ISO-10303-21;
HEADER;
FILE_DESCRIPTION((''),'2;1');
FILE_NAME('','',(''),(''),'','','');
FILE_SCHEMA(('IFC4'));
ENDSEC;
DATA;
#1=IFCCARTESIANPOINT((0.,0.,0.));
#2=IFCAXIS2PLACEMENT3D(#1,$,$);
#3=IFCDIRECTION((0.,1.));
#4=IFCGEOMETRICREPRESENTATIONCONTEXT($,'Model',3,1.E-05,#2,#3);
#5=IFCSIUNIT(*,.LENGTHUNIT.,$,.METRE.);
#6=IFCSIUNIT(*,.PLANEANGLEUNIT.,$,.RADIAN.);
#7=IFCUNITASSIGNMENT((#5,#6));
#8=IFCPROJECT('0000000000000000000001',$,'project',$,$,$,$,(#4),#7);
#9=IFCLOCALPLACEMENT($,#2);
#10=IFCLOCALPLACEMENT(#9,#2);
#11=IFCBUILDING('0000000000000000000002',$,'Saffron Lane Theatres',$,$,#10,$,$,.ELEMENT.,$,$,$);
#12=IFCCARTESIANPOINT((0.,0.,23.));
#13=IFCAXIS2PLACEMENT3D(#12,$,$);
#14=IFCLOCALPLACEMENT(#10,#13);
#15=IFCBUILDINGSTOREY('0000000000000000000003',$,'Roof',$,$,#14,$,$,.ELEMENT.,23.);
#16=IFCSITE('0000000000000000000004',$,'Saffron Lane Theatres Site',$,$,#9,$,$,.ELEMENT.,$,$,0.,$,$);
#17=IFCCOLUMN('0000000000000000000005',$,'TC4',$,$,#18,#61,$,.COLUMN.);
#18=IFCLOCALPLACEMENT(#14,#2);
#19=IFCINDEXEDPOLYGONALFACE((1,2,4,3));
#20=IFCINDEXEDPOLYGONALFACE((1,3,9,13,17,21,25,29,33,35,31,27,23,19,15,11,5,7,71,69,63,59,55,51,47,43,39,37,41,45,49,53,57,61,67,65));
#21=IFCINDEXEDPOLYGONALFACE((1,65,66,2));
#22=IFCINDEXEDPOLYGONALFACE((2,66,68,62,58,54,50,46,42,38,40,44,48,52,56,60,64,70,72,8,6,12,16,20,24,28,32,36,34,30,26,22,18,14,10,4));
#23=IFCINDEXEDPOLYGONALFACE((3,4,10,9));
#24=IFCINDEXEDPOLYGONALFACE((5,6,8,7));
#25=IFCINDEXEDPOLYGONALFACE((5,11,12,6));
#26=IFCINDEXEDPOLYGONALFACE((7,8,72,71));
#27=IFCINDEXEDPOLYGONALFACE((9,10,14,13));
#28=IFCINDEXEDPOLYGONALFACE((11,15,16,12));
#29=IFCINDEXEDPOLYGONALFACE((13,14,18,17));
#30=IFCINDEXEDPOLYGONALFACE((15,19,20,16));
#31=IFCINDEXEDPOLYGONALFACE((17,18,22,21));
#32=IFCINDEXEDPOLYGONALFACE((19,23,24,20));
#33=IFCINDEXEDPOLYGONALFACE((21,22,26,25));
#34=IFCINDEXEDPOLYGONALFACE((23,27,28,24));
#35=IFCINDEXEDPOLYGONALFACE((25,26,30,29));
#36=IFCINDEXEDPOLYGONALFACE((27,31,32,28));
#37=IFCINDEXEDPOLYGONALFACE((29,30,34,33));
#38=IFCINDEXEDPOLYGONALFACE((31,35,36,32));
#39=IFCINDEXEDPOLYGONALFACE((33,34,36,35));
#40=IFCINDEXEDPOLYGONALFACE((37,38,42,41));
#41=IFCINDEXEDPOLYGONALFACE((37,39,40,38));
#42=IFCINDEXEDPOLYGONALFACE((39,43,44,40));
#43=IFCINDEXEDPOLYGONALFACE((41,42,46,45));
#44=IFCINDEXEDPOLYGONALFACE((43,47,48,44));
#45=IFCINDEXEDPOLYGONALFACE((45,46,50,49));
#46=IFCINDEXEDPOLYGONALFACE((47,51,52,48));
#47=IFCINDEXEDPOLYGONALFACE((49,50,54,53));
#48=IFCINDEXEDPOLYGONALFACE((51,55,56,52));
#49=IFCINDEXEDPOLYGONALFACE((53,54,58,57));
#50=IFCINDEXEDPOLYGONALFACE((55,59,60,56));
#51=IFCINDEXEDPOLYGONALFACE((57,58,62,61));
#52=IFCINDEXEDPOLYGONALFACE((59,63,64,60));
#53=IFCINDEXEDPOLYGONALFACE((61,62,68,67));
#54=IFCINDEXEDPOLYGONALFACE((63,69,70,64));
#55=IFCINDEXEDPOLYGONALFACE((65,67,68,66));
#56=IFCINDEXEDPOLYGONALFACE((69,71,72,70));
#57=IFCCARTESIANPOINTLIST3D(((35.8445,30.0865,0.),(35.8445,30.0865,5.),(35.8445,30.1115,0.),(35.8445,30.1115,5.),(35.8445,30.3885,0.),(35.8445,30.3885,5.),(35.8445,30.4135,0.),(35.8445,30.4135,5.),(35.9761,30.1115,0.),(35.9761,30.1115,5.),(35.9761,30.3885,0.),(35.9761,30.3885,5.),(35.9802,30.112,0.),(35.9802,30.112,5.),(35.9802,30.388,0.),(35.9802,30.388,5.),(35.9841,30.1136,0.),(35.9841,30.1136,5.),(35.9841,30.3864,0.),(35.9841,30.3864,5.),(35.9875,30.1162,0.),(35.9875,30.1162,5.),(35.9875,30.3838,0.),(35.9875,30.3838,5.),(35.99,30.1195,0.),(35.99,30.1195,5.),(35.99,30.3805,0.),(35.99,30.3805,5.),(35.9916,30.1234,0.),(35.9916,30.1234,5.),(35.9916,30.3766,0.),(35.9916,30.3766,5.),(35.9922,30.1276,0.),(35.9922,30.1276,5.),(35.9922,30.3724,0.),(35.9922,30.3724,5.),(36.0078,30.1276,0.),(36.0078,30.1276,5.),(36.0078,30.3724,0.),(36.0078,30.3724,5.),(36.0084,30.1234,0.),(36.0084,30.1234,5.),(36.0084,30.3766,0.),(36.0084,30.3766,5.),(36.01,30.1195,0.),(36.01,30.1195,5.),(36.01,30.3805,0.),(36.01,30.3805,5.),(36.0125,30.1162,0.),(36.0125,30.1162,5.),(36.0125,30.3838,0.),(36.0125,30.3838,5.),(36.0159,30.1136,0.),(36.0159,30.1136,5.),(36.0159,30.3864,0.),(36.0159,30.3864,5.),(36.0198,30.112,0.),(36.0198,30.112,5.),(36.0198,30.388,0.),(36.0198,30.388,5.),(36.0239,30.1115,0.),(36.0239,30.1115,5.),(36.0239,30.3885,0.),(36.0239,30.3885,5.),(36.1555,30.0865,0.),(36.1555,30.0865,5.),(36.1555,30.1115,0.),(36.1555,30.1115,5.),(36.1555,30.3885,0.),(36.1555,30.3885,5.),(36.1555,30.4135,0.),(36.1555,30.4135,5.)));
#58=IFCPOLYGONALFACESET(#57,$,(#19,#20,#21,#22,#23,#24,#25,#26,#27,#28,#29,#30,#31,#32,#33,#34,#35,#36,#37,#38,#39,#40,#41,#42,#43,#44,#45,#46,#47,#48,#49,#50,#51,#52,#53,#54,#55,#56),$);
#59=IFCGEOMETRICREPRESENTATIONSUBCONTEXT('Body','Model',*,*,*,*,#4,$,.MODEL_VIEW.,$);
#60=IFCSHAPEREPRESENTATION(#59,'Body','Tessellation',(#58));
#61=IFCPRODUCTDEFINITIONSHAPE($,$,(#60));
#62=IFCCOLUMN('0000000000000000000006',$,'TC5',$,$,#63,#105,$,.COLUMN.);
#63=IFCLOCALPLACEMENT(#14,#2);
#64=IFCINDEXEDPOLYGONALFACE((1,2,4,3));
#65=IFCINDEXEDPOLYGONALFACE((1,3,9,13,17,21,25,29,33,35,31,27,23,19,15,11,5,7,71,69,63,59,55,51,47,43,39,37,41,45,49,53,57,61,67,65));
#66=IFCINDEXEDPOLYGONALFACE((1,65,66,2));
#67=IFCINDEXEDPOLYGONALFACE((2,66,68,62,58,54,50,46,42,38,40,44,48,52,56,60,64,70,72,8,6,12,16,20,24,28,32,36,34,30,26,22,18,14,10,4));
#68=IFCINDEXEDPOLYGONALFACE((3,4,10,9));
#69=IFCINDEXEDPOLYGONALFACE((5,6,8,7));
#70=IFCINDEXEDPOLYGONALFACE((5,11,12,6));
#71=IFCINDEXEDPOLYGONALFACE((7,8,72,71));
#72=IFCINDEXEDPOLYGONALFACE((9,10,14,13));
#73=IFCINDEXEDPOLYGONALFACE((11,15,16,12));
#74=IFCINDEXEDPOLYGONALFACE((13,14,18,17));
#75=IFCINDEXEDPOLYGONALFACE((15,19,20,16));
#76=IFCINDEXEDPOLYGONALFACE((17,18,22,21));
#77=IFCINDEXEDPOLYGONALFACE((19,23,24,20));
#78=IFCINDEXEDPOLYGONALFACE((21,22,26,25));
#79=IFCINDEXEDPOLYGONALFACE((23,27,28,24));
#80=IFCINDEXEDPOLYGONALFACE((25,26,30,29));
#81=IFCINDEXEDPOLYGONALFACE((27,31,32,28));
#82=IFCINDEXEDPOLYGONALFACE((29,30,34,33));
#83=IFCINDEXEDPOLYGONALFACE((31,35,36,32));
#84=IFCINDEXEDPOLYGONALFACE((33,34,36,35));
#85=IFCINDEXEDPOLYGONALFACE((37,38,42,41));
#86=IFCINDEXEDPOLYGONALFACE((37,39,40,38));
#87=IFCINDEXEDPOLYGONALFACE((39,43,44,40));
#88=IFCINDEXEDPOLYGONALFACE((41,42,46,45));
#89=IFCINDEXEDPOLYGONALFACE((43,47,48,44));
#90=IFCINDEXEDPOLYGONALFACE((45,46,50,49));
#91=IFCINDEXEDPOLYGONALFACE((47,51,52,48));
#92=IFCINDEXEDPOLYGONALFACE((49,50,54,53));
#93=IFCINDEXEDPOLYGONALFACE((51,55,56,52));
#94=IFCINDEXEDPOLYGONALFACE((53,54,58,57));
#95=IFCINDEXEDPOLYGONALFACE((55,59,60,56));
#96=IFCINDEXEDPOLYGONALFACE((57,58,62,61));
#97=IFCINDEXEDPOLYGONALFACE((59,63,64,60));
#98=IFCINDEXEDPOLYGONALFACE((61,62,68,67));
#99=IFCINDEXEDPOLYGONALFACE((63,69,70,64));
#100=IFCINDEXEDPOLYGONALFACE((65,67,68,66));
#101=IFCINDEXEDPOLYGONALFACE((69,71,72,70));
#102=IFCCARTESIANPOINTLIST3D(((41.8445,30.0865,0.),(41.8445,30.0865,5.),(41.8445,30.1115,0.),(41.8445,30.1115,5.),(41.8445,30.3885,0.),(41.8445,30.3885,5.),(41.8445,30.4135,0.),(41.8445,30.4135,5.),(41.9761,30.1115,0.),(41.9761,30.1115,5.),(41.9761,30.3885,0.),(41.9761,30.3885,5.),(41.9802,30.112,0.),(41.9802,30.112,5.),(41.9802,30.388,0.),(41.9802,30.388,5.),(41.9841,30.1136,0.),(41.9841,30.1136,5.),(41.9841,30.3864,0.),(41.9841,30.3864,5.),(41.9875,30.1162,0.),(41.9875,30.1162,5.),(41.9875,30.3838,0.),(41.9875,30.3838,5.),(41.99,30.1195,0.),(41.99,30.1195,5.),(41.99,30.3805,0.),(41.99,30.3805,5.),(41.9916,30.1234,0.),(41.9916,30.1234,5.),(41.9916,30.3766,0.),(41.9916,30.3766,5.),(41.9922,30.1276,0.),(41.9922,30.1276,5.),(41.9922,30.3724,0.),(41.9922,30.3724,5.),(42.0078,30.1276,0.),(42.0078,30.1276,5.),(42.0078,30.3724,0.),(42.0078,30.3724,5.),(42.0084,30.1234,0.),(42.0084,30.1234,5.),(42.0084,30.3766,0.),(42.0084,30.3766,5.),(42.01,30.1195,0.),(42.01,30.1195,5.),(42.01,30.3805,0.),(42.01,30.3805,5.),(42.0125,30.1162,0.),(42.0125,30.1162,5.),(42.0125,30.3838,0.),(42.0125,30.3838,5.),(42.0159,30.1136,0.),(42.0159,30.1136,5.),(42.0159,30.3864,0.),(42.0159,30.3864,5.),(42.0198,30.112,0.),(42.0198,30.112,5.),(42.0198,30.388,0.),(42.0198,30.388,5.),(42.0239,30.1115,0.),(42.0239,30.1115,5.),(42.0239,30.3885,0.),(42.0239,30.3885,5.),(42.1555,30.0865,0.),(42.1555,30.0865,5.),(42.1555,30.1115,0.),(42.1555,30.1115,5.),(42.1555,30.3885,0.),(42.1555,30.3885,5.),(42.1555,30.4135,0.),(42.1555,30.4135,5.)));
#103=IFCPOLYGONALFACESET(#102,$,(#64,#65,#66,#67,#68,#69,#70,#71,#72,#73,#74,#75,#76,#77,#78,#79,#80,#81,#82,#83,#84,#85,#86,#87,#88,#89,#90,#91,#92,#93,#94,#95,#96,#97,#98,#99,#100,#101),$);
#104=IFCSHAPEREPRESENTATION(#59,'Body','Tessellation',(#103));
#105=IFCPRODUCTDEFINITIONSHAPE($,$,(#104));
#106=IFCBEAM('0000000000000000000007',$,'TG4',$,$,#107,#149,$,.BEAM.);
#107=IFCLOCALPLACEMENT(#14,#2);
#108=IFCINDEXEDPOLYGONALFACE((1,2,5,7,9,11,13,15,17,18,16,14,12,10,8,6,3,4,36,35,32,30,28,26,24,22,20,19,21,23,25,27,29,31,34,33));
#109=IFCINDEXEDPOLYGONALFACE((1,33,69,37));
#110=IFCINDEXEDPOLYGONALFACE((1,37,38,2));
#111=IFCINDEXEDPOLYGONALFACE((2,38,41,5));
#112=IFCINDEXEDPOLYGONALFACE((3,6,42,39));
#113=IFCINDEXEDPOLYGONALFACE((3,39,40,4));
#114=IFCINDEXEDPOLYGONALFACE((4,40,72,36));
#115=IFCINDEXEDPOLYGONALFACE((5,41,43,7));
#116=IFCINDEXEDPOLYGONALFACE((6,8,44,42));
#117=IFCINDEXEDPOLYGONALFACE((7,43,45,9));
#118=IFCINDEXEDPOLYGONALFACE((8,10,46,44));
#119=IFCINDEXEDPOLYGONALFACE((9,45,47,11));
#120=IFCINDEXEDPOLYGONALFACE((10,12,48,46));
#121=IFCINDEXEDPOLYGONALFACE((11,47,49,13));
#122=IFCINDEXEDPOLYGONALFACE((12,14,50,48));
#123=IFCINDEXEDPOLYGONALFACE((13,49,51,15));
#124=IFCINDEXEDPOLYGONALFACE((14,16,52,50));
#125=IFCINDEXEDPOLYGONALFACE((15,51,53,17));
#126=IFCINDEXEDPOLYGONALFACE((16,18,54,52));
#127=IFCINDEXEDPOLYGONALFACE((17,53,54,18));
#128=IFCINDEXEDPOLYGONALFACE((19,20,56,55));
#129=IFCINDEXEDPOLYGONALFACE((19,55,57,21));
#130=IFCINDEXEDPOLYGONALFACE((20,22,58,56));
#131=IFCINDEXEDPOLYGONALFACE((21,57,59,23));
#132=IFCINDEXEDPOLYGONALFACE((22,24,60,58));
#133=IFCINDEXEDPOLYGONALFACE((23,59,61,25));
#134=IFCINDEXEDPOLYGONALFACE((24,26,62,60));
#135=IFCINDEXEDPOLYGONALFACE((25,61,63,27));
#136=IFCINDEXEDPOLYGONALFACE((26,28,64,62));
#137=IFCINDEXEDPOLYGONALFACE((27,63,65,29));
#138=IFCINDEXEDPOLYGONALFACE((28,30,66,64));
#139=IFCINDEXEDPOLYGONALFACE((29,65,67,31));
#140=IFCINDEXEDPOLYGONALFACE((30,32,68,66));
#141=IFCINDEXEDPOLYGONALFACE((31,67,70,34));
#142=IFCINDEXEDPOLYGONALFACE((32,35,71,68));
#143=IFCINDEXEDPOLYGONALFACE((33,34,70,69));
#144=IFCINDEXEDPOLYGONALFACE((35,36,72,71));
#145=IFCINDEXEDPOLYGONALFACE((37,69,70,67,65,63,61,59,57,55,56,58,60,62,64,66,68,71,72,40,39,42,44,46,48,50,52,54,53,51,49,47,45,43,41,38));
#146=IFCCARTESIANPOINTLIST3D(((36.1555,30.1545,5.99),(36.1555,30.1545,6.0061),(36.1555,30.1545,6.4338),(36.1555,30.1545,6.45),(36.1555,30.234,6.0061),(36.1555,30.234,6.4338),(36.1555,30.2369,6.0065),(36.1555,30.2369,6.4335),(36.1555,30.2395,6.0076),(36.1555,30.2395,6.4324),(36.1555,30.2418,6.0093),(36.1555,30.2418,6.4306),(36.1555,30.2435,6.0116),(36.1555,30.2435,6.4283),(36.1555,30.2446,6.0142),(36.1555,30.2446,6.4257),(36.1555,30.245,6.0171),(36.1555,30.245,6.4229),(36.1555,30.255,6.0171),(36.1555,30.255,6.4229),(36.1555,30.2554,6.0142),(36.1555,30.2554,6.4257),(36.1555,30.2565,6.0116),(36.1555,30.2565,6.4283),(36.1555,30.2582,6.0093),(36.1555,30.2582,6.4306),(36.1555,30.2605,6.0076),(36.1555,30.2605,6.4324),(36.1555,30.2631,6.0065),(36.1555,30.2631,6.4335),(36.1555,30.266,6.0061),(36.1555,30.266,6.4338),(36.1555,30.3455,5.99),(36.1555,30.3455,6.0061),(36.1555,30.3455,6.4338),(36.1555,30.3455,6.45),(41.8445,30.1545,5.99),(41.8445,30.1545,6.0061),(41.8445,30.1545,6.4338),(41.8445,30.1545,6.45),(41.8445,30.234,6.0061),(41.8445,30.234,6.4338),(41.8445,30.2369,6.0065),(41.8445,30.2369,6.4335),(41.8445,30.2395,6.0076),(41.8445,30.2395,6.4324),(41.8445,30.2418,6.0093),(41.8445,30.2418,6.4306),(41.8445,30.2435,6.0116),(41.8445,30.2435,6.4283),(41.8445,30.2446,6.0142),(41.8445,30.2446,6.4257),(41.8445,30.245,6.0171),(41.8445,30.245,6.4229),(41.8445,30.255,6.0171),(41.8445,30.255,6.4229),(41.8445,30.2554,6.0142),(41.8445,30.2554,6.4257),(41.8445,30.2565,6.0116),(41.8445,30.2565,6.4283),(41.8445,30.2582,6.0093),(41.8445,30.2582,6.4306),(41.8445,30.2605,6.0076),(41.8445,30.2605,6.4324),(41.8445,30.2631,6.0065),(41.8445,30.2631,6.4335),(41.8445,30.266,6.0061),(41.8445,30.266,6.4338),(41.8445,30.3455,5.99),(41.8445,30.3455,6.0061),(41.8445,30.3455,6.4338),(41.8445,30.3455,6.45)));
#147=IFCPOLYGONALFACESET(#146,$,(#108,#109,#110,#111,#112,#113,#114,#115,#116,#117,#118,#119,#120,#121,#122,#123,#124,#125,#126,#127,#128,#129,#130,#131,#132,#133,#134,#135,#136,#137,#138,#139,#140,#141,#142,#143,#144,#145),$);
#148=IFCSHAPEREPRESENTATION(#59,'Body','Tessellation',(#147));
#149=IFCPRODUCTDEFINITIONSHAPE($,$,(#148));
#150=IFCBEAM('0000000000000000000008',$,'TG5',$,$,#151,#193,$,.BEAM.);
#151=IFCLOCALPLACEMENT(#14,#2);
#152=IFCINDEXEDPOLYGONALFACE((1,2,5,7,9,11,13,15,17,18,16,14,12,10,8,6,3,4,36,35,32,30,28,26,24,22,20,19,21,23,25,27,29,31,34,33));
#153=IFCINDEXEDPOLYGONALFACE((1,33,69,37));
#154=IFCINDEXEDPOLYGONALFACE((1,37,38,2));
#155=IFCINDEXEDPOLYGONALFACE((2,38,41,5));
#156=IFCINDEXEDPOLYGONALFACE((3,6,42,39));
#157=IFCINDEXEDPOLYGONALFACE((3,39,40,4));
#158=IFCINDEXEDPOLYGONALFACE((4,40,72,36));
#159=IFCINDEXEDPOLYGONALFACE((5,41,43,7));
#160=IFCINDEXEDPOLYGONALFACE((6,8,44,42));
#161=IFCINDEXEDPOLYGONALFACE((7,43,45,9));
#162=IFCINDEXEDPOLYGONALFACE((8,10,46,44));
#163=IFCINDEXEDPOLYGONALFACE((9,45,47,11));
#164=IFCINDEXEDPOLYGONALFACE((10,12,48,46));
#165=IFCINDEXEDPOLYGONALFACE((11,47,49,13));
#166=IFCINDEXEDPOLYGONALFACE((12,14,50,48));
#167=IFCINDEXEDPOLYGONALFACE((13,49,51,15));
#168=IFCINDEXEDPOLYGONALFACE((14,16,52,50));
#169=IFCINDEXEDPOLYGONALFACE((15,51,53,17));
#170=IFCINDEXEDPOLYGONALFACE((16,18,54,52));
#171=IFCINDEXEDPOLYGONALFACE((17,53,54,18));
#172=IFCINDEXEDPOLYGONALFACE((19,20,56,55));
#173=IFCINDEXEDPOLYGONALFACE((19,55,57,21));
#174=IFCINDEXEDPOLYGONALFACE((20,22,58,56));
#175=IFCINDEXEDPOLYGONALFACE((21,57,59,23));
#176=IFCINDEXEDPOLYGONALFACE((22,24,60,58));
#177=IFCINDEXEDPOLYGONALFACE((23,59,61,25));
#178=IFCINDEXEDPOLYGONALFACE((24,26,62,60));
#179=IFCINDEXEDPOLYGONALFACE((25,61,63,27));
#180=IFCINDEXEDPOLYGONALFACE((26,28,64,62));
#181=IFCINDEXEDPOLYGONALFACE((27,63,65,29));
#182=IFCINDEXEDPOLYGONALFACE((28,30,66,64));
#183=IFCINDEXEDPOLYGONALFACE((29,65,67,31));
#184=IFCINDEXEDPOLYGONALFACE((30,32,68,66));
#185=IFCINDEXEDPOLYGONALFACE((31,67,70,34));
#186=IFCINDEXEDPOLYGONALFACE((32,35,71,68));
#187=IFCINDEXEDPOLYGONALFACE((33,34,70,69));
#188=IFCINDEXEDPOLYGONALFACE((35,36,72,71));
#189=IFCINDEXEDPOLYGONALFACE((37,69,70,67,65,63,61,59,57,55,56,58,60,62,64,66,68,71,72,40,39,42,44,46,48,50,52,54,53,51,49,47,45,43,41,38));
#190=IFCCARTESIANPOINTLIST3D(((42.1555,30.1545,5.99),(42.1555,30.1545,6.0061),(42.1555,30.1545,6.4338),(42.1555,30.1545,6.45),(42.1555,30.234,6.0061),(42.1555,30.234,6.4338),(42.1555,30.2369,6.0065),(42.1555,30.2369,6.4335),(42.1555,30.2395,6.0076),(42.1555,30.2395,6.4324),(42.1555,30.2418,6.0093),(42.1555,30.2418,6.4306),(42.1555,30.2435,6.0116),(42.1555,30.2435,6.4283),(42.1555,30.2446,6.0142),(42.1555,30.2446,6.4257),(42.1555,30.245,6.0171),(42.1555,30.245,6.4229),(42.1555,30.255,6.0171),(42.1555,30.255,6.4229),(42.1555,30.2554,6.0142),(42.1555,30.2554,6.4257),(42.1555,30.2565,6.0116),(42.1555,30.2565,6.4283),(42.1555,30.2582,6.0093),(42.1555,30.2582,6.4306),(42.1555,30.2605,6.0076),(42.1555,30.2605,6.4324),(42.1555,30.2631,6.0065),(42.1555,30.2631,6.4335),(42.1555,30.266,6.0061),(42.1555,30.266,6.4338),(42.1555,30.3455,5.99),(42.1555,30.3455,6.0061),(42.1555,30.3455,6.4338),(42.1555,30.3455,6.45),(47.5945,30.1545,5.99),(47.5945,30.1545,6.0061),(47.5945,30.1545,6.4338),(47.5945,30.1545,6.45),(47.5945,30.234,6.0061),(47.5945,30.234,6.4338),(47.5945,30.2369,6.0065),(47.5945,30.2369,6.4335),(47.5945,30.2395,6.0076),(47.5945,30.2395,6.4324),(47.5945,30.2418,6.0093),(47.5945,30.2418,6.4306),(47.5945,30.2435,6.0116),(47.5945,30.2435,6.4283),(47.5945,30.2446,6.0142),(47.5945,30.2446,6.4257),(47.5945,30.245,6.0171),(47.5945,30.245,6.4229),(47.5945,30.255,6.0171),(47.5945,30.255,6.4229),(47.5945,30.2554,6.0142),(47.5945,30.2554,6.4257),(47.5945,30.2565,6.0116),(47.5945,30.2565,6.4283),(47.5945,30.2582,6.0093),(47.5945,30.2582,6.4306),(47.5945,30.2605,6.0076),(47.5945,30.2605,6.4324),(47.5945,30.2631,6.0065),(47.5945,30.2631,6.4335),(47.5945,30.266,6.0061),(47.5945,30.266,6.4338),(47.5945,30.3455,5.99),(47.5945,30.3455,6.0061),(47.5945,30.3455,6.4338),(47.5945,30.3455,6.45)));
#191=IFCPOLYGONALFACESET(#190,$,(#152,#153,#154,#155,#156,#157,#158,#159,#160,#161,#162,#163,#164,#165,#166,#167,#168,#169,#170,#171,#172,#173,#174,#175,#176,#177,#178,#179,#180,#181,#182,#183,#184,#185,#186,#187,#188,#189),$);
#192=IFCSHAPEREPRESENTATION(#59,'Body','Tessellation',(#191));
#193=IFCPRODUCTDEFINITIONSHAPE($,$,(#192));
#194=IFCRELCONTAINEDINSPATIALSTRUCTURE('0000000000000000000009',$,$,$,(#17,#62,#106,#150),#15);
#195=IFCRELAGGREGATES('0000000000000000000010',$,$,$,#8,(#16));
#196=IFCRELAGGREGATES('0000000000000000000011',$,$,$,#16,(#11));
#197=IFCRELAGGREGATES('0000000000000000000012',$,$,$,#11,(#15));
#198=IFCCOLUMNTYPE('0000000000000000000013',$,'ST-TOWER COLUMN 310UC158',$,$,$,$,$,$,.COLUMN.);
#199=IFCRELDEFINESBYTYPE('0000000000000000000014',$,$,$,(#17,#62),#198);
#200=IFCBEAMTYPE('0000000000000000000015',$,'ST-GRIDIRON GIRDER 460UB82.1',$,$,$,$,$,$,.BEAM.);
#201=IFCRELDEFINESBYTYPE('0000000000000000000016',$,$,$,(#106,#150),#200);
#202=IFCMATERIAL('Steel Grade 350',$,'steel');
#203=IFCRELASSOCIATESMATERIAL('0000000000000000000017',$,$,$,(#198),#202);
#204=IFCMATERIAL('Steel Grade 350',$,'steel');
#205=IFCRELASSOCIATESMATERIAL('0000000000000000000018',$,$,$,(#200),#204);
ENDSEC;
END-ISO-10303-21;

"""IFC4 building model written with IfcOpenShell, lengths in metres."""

from ifc_helpers import new_model, si_unit, direction, frame, origin, origin_2d, place, context, subcontext, project, spatial, i_section, extrude, material, material_profile, profile_set, type_object, element, save


model = new_model("IFC4")

# Units and contexts
model_context = context("Model", 3, precision=1e-05, world=origin(), true_north=direction((0.0, 1.0)))
body_context = subcontext(model_context, "Body", "Model", "MODEL_VIEW")
ifc_project = project(units=[si_unit("LENGTHUNIT", "METRE"), si_unit("PLANEANGLEUNIT", "RADIAN")], contexts=[model_context])

# Site, building, storey
site_placement = place(None, origin())
site = spatial("IfcSite", under=ifc_project, at=site_placement, Name="Saffron Lane Theatres Site", CompositionType="ELEMENT", RefElevation=0.0)
building_placement = place(site_placement, origin())
building = spatial("IfcBuilding", under=site, at=building_placement, Name="Saffron Lane Theatres", CompositionType="ELEMENT")
storey_placement = place(building_placement, frame((0.0, 0.0, 23.0)))
storey = spatial("IfcBuildingStorey", under=building, at=storey_placement, Name="Roof", CompositionType="ELEMENT", Elevation=23.0)

# Columns
ifc_material_1 = material(Name="Steel Grade 350", Category="steel")
ifc_material_profile_1 = material_profile(ifc_material_1, i_section(OverallWidth=0.311, OverallDepth=0.3269, WebThickness=0.0156, FlangeThickness=0.0249, FilletRadius=0.0161, at=origin_2d()))
ifc_profile_set_1 = profile_set([ifc_material_profile_1], Name="Steel Grade 350")
column_type = type_object("IfcColumnType", Name="ST-TOWER COLUMN 310UC158", PredefinedType="COLUMN", material=ifc_profile_set_1)
for number, where, z_axis, x_axis, name in (
    (1, (36.0, 30.25, 0.0), (0.0, 0.0, 1.0), (1.0, 0.0, 0.0), "TC4"),
    (2, (42.0, 30.25, 0.0), (0.0, 0.0, 1.0), (1.0, 0.0, 0.0), "TC5"),
):
    element("IfcColumn", number, at=place(storey_placement, frame(where, z_axis=z_axis, x_axis=x_axis)), inside=storey, type_object=column_type, Name=name, PredefinedType="COLUMN", context=body_context, shape_type="SweptSolid", body=[
        extrude(i_section(OverallWidth=0.311, OverallDepth=0.3269, WebThickness=0.0156, FlangeThickness=0.0249, FilletRadius=0.0161, at=origin_2d()), origin(), (0.0, 0.0, 1.0), 5.0),
    ])

# Beams
ifc_material_2 = material(Name="Steel Grade 350", Category="steel")
ifc_material_profile_2 = material_profile(ifc_material_2, i_section(OverallWidth=0.1909, OverallDepth=0.46, WebThickness=0.01, FlangeThickness=0.0161, FilletRadius=0.011, at=origin_2d()))
ifc_profile_set_2 = profile_set([ifc_material_profile_2], Name="Steel Grade 350")
beam_type_1 = type_object("IfcBeamType", Name="ST-GRIDIRON GIRDER 460UB82.1", PredefinedType="BEAM", material=ifc_profile_set_2)
beam_1_placement = place(storey_placement, frame((36.1555, 30.25, 6.22), z_axis=(1.0, 0.0, 0.0), x_axis=(0.0, 1.0, 0.0)))
element("IfcBeam", 3, at=beam_1_placement, inside=storey, type_object=beam_type_1, Name="TG4", PredefinedType="BEAM", context=body_context, shape_type="SweptSolid", body=[
    extrude(i_section(OverallWidth=0.1909, OverallDepth=0.46, WebThickness=0.01, FlangeThickness=0.0161, FilletRadius=0.011, at=origin_2d()), origin(), (0.0, 0.0, 1.0), 5.689),
])
beam_2_placement = place(storey_placement, frame((42.1555, 30.25, 6.22), z_axis=(1.0, 0.0, 0.0), x_axis=(0.0, 1.0, 0.0)))
element("IfcBeam", 4, at=beam_2_placement, inside=storey, type_object=beam_type_1, Name="TG5", PredefinedType="BEAM", context=body_context, shape_type="SweptSolid", body=[
    extrude(i_section(OverallWidth=0.1909, OverallDepth=0.46, WebThickness=0.01, FlangeThickness=0.0161, FilletRadius=0.011, at=origin_2d()), origin(), (0.0, 0.0, 1.0), 5.439),
])

save(model, "model.ifc")
